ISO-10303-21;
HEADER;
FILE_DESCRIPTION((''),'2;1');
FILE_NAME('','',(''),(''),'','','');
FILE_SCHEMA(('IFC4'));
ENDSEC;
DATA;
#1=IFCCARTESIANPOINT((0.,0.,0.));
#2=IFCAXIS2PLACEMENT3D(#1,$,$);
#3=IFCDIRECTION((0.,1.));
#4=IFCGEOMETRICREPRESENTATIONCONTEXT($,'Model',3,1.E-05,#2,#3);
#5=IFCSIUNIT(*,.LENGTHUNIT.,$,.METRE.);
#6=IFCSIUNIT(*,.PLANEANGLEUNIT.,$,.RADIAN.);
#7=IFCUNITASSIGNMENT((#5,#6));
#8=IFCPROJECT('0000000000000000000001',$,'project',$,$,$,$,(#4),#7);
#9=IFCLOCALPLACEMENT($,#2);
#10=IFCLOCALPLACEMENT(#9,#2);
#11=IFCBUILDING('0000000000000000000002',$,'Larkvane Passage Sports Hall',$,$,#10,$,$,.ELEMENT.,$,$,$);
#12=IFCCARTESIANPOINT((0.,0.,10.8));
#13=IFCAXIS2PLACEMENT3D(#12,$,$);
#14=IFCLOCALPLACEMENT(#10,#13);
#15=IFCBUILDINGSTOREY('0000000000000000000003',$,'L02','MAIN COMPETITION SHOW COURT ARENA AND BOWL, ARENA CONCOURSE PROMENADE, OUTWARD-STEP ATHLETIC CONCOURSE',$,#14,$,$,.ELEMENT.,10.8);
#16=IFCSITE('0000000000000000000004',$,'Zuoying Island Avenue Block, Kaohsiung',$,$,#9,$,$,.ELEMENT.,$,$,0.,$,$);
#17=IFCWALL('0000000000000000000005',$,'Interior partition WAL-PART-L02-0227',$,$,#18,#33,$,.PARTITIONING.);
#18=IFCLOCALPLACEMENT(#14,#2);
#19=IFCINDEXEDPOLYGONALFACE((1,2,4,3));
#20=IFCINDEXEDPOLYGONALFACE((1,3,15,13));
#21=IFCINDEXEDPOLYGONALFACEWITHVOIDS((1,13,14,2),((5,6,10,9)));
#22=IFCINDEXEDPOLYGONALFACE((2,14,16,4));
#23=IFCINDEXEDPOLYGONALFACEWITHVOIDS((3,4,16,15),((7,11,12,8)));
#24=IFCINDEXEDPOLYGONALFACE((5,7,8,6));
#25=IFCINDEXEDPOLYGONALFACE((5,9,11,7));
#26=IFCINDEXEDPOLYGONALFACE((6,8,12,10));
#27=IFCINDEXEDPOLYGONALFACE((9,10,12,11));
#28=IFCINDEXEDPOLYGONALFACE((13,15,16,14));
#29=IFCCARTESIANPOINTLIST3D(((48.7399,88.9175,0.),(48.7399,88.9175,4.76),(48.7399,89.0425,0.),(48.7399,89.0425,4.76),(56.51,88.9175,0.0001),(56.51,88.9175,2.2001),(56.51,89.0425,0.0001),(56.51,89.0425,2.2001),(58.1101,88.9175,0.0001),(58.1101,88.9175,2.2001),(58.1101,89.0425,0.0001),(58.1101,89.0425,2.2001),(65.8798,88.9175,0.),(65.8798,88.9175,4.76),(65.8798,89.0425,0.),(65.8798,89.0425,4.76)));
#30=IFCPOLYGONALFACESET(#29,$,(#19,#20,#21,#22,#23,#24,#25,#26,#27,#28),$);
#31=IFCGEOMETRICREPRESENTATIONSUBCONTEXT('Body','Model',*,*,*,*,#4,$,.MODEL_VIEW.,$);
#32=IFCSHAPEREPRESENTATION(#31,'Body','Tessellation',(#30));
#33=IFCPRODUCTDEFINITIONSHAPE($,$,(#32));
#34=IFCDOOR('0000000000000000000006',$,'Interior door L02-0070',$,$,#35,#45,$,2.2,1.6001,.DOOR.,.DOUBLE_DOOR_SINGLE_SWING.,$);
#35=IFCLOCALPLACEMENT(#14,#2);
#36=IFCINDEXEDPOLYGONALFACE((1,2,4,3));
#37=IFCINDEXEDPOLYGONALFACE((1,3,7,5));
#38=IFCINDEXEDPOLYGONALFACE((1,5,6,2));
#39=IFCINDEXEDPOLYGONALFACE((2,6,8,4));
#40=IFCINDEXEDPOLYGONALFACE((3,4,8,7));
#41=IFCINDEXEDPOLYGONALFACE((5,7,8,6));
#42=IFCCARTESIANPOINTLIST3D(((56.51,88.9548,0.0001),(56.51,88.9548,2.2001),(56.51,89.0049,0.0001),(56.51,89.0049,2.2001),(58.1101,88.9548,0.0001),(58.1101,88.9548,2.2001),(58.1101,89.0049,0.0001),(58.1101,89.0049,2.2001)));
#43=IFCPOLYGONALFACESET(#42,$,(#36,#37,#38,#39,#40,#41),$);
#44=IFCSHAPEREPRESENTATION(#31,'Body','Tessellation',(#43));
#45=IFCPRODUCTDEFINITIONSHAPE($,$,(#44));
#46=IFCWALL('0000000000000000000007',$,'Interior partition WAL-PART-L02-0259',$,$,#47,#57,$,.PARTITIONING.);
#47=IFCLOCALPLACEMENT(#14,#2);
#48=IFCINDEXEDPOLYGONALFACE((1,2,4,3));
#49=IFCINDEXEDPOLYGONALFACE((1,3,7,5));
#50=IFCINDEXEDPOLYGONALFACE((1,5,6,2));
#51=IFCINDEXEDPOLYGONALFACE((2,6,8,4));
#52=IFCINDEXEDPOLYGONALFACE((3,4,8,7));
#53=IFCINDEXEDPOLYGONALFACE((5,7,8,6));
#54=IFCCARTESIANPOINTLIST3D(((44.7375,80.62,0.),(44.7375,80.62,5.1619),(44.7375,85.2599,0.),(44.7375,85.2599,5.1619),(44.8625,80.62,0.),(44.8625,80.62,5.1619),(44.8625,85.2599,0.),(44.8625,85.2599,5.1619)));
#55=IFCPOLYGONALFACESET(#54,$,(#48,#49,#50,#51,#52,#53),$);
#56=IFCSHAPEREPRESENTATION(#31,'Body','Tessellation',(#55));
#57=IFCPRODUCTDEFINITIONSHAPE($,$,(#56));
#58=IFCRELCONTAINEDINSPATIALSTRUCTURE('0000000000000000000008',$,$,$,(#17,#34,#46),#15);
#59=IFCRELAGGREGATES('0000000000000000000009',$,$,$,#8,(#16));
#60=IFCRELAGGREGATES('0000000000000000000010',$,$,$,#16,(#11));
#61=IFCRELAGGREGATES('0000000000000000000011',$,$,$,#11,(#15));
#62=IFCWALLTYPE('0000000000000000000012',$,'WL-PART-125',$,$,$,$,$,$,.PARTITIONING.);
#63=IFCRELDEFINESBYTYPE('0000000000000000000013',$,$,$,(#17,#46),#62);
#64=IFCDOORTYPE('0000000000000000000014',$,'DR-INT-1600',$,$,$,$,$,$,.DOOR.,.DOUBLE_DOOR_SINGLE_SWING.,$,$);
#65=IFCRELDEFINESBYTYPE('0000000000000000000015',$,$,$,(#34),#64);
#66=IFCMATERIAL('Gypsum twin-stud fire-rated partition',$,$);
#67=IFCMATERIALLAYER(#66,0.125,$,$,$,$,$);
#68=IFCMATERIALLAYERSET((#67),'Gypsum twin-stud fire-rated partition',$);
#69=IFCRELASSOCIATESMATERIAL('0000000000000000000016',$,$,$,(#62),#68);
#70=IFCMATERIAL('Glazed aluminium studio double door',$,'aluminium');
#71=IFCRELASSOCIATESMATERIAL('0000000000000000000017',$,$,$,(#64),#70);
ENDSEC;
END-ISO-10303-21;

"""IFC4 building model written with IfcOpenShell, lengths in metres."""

from ifc_helpers import new_model, si_unit, direction, frame, frame_2d, origin, place, context, subcontext, project, spatial, rectangle, extrude, material, layer, layer_set, type_object, element, fill, save


model = new_model("IFC4")

# Units and contexts
model_context = context("Model", 3, precision=1e-05, world=origin(), true_north=direction((0.0, 1.0)))
body_context = subcontext(model_context, "Body", "Model", "MODEL_VIEW")
ifc_project = project(units=[si_unit("LENGTHUNIT", "METRE"), si_unit("PLANEANGLEUNIT", "RADIAN")], contexts=[model_context])

# Site, building, storey
site_placement = place(None, origin())
site = spatial("IfcSite", under=ifc_project, at=site_placement, Name="Zuoying Island Avenue Block, Kaohsiung", CompositionType="ELEMENT", RefElevation=0.0)
building_placement = place(site_placement, origin())
building = spatial("IfcBuilding", under=site, at=building_placement, Name="Larkvane Passage Sports Hall", CompositionType="ELEMENT")
storey_placement = place(building_placement, frame((0.0, 0.0, 10.8)))
storey = spatial("IfcBuildingStorey", under=building, at=storey_placement, Name="L02", Description="MAIN COMPETITION SHOW COURT ARENA AND BOWL, ARENA CONCOURSE PROMENADE, OUTWARD-STEP ATHLETIC CONCOURSE", CompositionType="ELEMENT", Elevation=10.8)

# Wall, opening, door
ifc_material_1 = material(Name="Gypsum twin-stud fire-rated partition")
ifc_layer_1 = layer(ifc_material_1, 0.125)
ifc_layer_set_1 = layer_set([ifc_layer_1], Name="Gypsum twin-stud fire-rated partition")
wall_type_1 = type_object("IfcWallType", Name="WL-PART-125", PredefinedType="PARTITIONING", material=ifc_layer_set_1)
wall_1_placement = place(storey_placement, frame((48.74, 88.98, 0.0), z_axis=(0.0, 0.0, 1.0), x_axis=(1.0, 0.0, 0.0)))
wall_1 = element("IfcWall", 1, at=wall_1_placement, inside=storey, type_object=wall_type_1, Name="Interior partition WAL-PART-L02-0227", PredefinedType="PARTITIONING", context=body_context, shape_type="SweptSolid", body=[
    extrude(rectangle(XDim=17.1399, YDim=0.125, at=frame_2d((8.5698, 0.0))), origin(), (0.0, 0.0, 1.0), 4.76),
])
opening_1_placement = place(wall_1_placement, frame((7.77, 0.0, 0.0)))
opening_1 = element("IfcOpeningElement", 2, at=opening_1_placement, cuts=wall_1, PredefinedType="OPENING", context=body_context, shape_type="SweptSolid", body=[
    extrude(rectangle(XDim=1.6001, YDim=2.2, at=frame_2d((0.8, 1.1001))), frame((0.0, 0.0725, 0.0), z_axis=(0.0, -1.0, 0.0), x_axis=(1.0, 0.0, 0.0)), (0.0, 0.0, 1.0), 0.145),
])
ifc_material_2 = material(Name="Glazed aluminium studio double door", Category="aluminium")
door_type_1 = type_object("IfcDoorType", Name="DR-INT-1600", OperationType="DOUBLE_DOOR_SINGLE_SWING", PredefinedType="DOOR", material=ifc_material_2)
door_1_placement = place(opening_1_placement, origin())
door_1 = element("IfcDoor", 3, at=door_1_placement, inside=storey, type_object=door_type_1, Name="Interior door L02-0070", OperationType="DOUBLE_DOOR_SINGLE_SWING", OverallHeight=2.2, OverallWidth=1.6001, PredefinedType="DOOR", context=body_context, shape_type="SweptSolid", body=[
    extrude(rectangle(XDim=1.6001, YDim=2.2, at=frame_2d((0.8, 1.1001))), frame((0.0, 0.0249, 0.0), z_axis=(0.0, -1.0, 0.0), x_axis=(1.0, 0.0, 0.0)), (0.0, 0.0, 1.0), 0.05),
])
fill(opening_1, door_1)

# Wall
wall_2_placement = place(storey_placement, frame((44.8, 80.6201, 0.0), z_axis=(0.0, 0.0, 1.0), x_axis=(0.0, 1.0, 0.0)))
element("IfcWall", 4, at=wall_2_placement, inside=storey, type_object=wall_type_1, Name="Interior partition WAL-PART-L02-0259", PredefinedType="PARTITIONING", context=body_context, shape_type="SweptSolid", body=[
    extrude(rectangle(XDim=4.6399, YDim=0.125, at=frame_2d((2.3198, 0.0))), origin(), (0.0, 0.0, 1.0), 5.1619),
])

save(model, "model.ifc")
